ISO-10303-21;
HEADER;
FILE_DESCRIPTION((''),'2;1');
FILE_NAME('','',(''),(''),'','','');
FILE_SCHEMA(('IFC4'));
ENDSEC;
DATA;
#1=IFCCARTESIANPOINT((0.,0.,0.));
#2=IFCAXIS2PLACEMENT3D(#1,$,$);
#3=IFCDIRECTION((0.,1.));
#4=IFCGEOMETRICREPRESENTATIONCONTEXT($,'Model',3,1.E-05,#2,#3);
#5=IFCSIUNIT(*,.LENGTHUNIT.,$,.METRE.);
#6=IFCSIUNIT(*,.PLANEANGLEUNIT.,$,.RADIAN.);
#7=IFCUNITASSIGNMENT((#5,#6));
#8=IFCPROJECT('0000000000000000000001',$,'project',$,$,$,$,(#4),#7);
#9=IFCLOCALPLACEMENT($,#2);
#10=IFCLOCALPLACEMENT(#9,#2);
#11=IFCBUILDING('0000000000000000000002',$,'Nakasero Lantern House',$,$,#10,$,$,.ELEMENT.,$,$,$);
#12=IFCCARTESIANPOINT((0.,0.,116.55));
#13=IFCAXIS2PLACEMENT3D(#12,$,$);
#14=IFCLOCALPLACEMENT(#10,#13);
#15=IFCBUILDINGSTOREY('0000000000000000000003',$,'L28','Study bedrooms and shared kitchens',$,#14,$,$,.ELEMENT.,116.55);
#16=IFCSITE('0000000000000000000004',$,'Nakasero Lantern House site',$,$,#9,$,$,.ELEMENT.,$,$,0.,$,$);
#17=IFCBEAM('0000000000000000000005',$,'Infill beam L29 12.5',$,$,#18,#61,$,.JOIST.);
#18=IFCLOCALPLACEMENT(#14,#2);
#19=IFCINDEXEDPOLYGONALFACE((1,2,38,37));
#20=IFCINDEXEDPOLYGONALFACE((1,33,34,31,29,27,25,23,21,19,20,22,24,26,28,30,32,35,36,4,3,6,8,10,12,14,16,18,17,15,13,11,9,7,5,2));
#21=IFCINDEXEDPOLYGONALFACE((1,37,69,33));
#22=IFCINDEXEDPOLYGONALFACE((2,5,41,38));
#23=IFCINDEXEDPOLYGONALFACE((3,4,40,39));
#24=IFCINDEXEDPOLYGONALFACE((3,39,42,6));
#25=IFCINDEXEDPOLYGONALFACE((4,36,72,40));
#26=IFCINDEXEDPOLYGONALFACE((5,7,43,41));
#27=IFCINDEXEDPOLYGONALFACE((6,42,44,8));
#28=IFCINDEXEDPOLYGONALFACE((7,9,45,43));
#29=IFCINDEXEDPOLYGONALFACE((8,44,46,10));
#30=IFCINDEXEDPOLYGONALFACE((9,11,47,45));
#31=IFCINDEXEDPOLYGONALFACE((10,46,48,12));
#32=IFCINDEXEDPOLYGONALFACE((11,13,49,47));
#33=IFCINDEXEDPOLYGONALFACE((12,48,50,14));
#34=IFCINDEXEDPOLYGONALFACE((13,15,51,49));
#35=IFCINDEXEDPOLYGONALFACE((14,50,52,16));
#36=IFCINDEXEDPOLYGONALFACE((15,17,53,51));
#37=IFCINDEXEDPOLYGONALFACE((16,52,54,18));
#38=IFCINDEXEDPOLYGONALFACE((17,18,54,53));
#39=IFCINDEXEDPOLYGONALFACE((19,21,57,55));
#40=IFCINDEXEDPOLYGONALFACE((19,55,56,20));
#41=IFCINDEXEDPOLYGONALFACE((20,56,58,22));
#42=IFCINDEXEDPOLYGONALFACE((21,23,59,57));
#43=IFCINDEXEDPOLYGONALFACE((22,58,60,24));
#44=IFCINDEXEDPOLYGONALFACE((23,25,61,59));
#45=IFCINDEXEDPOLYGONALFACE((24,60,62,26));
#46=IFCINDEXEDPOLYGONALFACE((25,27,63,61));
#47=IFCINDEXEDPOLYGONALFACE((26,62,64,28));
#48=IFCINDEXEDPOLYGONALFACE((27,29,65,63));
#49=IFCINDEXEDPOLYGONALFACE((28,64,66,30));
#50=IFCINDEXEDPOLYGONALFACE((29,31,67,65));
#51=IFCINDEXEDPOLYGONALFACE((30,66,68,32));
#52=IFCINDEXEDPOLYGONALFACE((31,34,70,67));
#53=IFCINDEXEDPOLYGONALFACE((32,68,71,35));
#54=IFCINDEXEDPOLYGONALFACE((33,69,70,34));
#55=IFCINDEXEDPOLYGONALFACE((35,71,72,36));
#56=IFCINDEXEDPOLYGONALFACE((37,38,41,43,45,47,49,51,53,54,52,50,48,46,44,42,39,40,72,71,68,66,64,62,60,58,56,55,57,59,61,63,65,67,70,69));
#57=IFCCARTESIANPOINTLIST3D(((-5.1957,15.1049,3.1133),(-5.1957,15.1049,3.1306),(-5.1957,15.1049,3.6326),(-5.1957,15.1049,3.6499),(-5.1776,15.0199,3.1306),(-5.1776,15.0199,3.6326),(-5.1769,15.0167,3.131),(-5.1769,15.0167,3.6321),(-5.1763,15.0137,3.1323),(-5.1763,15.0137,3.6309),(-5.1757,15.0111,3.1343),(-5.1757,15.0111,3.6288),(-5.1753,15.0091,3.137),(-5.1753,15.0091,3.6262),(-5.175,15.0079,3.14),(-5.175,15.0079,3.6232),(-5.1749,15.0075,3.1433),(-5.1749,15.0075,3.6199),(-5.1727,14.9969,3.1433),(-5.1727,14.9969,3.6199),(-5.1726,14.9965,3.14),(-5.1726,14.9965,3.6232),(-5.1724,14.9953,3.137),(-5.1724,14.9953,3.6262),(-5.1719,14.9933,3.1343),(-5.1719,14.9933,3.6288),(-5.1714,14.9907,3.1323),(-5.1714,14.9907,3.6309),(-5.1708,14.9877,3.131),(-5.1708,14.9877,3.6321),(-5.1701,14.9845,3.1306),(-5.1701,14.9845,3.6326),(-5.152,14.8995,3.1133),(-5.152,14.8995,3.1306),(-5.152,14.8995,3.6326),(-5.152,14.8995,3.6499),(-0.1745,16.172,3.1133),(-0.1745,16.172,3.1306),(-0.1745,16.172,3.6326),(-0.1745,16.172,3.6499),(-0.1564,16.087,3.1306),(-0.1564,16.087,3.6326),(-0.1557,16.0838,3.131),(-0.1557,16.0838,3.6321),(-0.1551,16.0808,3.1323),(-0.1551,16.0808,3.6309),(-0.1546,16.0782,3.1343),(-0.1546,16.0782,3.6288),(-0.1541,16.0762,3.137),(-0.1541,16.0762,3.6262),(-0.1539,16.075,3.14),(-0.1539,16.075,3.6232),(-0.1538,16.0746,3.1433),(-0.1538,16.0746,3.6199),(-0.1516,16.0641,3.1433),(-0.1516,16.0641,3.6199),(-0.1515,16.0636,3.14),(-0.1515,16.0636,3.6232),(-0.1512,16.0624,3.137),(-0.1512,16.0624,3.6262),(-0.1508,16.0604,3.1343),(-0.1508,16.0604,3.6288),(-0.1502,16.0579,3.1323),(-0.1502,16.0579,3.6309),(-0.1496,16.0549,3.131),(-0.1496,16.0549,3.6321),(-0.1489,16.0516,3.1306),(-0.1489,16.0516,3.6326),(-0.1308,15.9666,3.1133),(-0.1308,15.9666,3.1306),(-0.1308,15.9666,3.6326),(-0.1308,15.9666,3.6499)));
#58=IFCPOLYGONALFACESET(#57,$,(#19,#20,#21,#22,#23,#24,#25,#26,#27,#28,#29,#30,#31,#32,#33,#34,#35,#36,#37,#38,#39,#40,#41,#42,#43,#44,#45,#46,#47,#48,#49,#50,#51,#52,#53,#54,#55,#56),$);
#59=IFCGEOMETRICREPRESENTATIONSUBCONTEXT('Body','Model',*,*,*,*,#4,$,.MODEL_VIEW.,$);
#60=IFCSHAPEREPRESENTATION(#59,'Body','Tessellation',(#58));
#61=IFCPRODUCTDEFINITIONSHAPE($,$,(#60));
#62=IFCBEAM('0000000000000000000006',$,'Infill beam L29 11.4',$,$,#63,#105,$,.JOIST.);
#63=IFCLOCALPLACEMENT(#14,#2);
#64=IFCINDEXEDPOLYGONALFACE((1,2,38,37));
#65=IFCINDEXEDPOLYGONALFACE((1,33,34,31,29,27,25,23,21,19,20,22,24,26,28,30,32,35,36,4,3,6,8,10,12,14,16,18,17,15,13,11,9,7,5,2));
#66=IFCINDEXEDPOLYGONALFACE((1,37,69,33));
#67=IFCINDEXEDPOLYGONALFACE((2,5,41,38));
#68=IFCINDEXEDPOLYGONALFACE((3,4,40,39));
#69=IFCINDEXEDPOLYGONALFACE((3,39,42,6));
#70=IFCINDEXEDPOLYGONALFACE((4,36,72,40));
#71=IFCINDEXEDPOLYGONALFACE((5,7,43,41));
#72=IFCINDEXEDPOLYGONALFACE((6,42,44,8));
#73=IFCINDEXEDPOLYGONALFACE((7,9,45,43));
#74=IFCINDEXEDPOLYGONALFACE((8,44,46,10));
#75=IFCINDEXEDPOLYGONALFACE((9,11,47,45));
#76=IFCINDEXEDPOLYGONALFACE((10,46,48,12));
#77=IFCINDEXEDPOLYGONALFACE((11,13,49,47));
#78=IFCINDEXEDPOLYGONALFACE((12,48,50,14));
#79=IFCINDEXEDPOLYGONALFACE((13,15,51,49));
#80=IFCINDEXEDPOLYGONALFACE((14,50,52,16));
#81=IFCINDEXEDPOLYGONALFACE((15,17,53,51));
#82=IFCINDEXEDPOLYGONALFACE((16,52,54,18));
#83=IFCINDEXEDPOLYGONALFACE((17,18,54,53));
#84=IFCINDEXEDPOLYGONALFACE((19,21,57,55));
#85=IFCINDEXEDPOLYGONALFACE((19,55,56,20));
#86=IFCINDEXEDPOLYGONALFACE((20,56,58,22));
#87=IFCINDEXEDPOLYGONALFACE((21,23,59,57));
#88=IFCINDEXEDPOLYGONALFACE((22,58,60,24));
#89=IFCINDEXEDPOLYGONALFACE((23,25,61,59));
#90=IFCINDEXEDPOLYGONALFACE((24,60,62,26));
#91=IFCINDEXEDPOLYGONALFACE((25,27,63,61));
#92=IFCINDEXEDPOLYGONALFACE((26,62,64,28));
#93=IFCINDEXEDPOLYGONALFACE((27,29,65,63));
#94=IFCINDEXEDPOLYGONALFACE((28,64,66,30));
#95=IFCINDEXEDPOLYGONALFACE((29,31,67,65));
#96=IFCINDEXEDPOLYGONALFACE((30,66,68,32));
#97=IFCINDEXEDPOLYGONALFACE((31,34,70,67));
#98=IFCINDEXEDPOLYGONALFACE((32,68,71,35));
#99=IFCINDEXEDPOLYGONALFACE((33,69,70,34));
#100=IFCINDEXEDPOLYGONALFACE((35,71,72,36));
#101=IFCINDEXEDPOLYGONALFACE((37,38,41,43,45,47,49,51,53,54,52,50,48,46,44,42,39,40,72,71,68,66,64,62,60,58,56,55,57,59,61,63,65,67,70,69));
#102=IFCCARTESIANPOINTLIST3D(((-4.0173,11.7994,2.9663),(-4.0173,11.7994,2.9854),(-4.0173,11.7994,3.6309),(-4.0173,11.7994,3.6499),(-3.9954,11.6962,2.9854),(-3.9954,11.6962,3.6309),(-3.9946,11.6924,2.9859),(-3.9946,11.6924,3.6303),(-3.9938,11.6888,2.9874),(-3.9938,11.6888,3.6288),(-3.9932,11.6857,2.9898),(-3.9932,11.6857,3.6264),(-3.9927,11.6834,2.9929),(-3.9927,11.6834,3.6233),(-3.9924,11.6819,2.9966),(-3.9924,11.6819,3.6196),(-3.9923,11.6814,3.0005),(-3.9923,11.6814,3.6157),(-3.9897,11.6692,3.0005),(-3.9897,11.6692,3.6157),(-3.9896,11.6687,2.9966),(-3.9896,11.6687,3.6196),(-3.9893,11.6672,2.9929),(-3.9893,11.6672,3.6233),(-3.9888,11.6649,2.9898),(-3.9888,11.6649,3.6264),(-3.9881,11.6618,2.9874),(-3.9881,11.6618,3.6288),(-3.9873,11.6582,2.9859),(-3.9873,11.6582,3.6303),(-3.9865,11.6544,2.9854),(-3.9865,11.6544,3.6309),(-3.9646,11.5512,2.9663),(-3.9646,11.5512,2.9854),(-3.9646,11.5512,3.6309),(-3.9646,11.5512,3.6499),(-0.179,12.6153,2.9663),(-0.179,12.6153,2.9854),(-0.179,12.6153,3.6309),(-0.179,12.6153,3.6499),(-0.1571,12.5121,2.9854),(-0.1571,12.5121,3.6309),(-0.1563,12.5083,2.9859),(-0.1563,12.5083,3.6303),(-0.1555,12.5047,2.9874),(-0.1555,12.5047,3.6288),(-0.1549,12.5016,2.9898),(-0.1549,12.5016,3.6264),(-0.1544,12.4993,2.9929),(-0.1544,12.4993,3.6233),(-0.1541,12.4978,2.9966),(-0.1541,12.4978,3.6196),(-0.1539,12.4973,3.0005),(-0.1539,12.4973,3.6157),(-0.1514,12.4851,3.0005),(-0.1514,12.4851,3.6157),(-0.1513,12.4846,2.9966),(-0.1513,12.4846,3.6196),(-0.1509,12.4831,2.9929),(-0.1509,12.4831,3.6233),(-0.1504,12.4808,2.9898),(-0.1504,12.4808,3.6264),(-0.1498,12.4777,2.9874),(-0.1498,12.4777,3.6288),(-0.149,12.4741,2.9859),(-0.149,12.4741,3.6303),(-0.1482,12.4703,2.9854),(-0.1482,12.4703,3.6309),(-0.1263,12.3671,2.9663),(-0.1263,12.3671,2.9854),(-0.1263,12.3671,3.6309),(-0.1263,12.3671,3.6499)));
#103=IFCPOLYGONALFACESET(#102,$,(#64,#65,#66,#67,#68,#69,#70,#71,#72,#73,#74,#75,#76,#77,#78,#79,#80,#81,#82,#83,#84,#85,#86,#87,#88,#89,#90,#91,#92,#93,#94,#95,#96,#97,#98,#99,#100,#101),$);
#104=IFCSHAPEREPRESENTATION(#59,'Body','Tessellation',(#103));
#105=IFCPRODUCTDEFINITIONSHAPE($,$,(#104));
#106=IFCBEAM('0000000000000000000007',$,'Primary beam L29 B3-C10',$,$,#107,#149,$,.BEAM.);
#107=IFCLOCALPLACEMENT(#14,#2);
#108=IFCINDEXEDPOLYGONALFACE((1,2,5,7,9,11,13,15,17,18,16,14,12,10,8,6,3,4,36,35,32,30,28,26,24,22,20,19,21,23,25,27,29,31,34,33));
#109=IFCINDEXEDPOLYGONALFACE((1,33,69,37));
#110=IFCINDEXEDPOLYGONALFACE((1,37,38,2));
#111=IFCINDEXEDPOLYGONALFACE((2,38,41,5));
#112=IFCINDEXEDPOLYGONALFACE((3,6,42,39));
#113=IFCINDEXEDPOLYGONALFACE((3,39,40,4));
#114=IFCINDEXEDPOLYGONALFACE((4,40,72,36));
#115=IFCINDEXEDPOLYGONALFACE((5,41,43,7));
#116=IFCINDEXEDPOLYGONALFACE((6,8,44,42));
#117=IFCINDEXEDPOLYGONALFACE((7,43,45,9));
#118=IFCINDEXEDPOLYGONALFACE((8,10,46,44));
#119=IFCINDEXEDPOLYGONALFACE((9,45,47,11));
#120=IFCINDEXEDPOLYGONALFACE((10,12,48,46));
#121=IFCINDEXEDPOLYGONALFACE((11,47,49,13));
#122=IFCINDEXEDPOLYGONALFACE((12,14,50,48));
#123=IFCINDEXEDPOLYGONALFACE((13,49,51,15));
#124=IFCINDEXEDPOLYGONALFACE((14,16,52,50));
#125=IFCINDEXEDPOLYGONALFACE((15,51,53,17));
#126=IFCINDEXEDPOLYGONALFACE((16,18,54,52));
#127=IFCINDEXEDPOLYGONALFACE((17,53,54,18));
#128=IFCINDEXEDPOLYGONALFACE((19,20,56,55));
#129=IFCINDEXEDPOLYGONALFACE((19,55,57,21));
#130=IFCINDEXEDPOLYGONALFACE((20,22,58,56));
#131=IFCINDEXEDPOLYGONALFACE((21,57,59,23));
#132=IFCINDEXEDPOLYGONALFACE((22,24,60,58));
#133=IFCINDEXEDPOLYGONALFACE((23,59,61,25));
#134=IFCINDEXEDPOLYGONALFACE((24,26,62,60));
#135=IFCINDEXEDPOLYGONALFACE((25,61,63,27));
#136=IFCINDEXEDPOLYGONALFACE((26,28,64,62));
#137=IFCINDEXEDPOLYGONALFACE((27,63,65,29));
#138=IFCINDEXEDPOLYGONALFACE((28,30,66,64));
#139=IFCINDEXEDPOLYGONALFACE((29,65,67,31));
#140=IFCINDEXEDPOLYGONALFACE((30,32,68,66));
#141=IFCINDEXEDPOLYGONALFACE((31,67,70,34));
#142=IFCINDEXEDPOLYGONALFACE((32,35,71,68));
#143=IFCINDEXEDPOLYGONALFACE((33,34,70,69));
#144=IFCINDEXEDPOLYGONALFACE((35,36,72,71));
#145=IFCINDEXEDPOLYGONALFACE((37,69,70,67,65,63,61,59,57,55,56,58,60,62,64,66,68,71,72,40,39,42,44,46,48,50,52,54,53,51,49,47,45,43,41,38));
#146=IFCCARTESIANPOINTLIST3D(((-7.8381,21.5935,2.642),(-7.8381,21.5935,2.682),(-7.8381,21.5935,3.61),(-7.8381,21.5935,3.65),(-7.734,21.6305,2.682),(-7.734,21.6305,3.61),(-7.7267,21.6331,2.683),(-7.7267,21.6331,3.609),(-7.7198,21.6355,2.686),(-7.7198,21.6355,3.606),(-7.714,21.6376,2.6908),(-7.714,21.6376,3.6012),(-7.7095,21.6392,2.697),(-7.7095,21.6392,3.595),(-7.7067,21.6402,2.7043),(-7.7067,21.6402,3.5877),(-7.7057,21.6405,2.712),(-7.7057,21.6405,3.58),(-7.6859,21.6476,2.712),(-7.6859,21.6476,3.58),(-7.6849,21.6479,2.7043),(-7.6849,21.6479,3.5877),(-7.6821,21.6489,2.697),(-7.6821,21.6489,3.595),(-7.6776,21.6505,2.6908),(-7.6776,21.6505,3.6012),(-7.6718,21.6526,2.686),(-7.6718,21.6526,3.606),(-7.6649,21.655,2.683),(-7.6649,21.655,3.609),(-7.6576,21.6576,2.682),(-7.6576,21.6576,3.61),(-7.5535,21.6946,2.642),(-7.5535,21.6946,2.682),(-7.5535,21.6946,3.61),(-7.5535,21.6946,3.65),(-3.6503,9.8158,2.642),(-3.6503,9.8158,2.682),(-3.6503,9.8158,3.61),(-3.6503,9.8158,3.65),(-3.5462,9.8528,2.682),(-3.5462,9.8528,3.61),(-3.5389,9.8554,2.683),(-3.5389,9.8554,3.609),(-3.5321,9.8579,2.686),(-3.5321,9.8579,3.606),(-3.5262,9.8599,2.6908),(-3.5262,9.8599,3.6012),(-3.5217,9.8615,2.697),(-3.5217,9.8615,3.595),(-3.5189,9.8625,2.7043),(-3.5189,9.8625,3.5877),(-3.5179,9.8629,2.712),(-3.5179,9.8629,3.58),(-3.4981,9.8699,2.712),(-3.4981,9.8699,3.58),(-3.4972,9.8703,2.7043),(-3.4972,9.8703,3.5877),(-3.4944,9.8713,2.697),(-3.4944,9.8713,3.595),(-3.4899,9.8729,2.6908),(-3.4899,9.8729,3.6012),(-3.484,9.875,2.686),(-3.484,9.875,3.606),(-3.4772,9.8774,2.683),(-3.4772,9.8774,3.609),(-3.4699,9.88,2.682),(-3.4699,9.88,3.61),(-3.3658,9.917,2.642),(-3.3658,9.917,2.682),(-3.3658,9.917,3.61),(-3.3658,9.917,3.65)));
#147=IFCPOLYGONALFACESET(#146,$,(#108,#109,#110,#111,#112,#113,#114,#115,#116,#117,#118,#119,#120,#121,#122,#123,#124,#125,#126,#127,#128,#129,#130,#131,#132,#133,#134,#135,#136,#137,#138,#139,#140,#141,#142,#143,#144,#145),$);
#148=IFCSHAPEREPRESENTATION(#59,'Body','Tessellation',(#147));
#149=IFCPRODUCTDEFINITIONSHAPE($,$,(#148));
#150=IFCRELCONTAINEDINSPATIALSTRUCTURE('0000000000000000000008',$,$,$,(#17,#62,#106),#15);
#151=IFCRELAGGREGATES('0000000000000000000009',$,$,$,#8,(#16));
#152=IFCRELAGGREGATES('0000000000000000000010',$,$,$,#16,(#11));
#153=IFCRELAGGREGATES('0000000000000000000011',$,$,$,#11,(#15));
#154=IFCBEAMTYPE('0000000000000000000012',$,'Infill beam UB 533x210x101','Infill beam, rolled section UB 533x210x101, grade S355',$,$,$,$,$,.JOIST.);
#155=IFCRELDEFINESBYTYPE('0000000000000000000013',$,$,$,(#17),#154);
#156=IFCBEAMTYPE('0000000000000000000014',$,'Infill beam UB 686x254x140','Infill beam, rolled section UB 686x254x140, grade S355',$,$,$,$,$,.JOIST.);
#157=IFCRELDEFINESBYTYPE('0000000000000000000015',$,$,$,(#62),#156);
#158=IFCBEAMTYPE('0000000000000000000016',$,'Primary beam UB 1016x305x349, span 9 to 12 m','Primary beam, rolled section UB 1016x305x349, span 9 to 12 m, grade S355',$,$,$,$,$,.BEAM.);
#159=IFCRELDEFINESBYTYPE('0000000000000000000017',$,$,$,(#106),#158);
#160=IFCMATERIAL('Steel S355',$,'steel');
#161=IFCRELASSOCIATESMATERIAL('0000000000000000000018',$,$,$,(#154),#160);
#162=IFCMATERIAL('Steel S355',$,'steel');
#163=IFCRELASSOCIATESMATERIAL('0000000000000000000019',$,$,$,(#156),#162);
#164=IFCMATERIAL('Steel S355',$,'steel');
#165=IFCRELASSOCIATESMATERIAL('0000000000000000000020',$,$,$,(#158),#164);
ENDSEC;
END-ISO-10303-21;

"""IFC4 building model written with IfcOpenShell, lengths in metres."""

from ifc_helpers import new_model, si_unit, direction, frame, origin, origin_2d, place, context, subcontext, project, spatial, i_section, extrude, material, material_profile, profile_set, type_object, element, save


model = new_model("IFC4")

# Units and contexts
model_context = context("Model", 3, precision=1e-05, world=origin(), true_north=direction((0.0, 1.0)))
body_context = subcontext(model_context, "Body", "Model", "MODEL_VIEW")
ifc_project = project(units=[si_unit("LENGTHUNIT", "METRE"), si_unit("PLANEANGLEUNIT", "RADIAN")], contexts=[model_context])

# Site, building, storey
site_placement = place(None, origin())
site = spatial("IfcSite", under=ifc_project, at=site_placement, Name="Nakasero Lantern House site", CompositionType="ELEMENT", RefElevation=0.0)
building_placement = place(site_placement, origin())
building = spatial("IfcBuilding", under=site, at=building_placement, Name="Nakasero Lantern House", CompositionType="ELEMENT")
storey_placement = place(building_placement, frame((0.0, 0.0, 116.55)))
storey = spatial("IfcBuildingStorey", under=building, at=storey_placement, Name="L28", Description="Study bedrooms and shared kitchens", CompositionType="ELEMENT", Elevation=116.55)

# Beams
ifc_material_1 = material(Name="Steel S355", Category="steel")
ifc_material_profile_1 = material_profile(ifc_material_1, i_section(OverallWidth=0.21, OverallDepth=0.5366, WebThickness=0.0107, FlangeThickness=0.0173, FilletRadius=0.0127, at=origin_2d()), Name="UB 533x210x101")
ifc_profile_set_1 = profile_set([ifc_material_profile_1], Name="Steel S355")
beam_type_1 = type_object("IfcBeamType", Name="Infill beam UB 533x210x101", Description="Infill beam, rolled section UB 533x210x101, grade S355", PredefinedType="JOIST", material=ifc_profile_set_1)
beam_1_placement = place(storey_placement, frame((-5.1738, 15.0022, 3.3816), z_axis=(0.978154, 0.207882, 0.0), x_axis=(-0.207882, 0.978154, 0.0)))
element("IfcBeam", 1, at=beam_1_placement, inside=storey, type_object=beam_type_1, Name="Infill beam L29 12.5", PredefinedType="JOIST", context=body_context, shape_type="SweptSolid", body=[
    extrude(i_section(OverallWidth=0.21, OverallDepth=0.5366, WebThickness=0.0107, FlangeThickness=0.0173, FilletRadius=0.0127, at=origin_2d()), origin(), (0.0, 0.0, 1.0), 5.1333),
])
ifc_material_2 = material(Name="Steel S355", Category="steel")
ifc_material_profile_2 = material_profile(ifc_material_2, i_section(OverallWidth=0.2537, OverallDepth=0.6836, WebThickness=0.0125, FlangeThickness=0.019, FilletRadius=0.0151, at=origin_2d()), Name="UB 686x254x140")
ifc_profile_set_2 = profile_set([ifc_material_profile_2], Name="Steel S355")
beam_type_2 = type_object("IfcBeamType", Name="Infill beam UB 686x254x140", Description="Infill beam, rolled section UB 686x254x140, grade S355", PredefinedType="JOIST", material=ifc_profile_set_2)
beam_2_placement = place(storey_placement, frame((-3.991, 11.6753, 3.3081), z_axis=(0.978145, 0.207923, 0.0), x_axis=(-0.207923, 0.978145, 0.0)))
element("IfcBeam", 2, at=beam_2_placement, inside=storey, type_object=beam_type_2, Name="Infill beam L29 11.4", PredefinedType="JOIST", context=body_context, shape_type="SweptSolid", body=[
    extrude(i_section(OverallWidth=0.2537, OverallDepth=0.6836, WebThickness=0.0125, FlangeThickness=0.019, FilletRadius=0.0151, at=origin_2d()), origin(), (0.0, 0.0, 1.0), 3.9241),
])
ifc_material_3 = material(Name="Steel S355", Category="steel")
ifc_material_profile_3 = material_profile(ifc_material_3, i_section(OverallWidth=0.302, OverallDepth=1.0081, WebThickness=0.021, FlangeThickness=0.04, FilletRadius=0.03, at=origin_2d()), Name="UB 1016x305x349")
ifc_profile_set_3 = profile_set([ifc_material_profile_3], Name="Steel S355")
beam_type_3 = type_object("IfcBeamType", Name="Primary beam UB 1016x305x349, span 9 to 12 m", Description="Primary beam, rolled section UB 1016x305x349, span 9 to 12 m, grade S355", PredefinedType="BEAM", material=ifc_profile_set_3)
beam_3_placement = place(storey_placement, frame((-7.6958, 21.644, 3.146), z_axis=(0.335021, -0.942211, 0.0), x_axis=(0.942211, 0.335021, 0.0)))
element("IfcBeam", 3, at=beam_3_placement, inside=storey, type_object=beam_type_3, Name="Primary beam L29 B3-C10", PredefinedType="BEAM", context=body_context, shape_type="SweptSolid", body=[
    extrude(i_section(OverallWidth=0.302, OverallDepth=1.0081, WebThickness=0.021, FlangeThickness=0.04, FilletRadius=0.03, at=origin_2d()), origin(), (0.0, 0.0, 1.0), 12.5),
])

save(model, "model.ifc")
